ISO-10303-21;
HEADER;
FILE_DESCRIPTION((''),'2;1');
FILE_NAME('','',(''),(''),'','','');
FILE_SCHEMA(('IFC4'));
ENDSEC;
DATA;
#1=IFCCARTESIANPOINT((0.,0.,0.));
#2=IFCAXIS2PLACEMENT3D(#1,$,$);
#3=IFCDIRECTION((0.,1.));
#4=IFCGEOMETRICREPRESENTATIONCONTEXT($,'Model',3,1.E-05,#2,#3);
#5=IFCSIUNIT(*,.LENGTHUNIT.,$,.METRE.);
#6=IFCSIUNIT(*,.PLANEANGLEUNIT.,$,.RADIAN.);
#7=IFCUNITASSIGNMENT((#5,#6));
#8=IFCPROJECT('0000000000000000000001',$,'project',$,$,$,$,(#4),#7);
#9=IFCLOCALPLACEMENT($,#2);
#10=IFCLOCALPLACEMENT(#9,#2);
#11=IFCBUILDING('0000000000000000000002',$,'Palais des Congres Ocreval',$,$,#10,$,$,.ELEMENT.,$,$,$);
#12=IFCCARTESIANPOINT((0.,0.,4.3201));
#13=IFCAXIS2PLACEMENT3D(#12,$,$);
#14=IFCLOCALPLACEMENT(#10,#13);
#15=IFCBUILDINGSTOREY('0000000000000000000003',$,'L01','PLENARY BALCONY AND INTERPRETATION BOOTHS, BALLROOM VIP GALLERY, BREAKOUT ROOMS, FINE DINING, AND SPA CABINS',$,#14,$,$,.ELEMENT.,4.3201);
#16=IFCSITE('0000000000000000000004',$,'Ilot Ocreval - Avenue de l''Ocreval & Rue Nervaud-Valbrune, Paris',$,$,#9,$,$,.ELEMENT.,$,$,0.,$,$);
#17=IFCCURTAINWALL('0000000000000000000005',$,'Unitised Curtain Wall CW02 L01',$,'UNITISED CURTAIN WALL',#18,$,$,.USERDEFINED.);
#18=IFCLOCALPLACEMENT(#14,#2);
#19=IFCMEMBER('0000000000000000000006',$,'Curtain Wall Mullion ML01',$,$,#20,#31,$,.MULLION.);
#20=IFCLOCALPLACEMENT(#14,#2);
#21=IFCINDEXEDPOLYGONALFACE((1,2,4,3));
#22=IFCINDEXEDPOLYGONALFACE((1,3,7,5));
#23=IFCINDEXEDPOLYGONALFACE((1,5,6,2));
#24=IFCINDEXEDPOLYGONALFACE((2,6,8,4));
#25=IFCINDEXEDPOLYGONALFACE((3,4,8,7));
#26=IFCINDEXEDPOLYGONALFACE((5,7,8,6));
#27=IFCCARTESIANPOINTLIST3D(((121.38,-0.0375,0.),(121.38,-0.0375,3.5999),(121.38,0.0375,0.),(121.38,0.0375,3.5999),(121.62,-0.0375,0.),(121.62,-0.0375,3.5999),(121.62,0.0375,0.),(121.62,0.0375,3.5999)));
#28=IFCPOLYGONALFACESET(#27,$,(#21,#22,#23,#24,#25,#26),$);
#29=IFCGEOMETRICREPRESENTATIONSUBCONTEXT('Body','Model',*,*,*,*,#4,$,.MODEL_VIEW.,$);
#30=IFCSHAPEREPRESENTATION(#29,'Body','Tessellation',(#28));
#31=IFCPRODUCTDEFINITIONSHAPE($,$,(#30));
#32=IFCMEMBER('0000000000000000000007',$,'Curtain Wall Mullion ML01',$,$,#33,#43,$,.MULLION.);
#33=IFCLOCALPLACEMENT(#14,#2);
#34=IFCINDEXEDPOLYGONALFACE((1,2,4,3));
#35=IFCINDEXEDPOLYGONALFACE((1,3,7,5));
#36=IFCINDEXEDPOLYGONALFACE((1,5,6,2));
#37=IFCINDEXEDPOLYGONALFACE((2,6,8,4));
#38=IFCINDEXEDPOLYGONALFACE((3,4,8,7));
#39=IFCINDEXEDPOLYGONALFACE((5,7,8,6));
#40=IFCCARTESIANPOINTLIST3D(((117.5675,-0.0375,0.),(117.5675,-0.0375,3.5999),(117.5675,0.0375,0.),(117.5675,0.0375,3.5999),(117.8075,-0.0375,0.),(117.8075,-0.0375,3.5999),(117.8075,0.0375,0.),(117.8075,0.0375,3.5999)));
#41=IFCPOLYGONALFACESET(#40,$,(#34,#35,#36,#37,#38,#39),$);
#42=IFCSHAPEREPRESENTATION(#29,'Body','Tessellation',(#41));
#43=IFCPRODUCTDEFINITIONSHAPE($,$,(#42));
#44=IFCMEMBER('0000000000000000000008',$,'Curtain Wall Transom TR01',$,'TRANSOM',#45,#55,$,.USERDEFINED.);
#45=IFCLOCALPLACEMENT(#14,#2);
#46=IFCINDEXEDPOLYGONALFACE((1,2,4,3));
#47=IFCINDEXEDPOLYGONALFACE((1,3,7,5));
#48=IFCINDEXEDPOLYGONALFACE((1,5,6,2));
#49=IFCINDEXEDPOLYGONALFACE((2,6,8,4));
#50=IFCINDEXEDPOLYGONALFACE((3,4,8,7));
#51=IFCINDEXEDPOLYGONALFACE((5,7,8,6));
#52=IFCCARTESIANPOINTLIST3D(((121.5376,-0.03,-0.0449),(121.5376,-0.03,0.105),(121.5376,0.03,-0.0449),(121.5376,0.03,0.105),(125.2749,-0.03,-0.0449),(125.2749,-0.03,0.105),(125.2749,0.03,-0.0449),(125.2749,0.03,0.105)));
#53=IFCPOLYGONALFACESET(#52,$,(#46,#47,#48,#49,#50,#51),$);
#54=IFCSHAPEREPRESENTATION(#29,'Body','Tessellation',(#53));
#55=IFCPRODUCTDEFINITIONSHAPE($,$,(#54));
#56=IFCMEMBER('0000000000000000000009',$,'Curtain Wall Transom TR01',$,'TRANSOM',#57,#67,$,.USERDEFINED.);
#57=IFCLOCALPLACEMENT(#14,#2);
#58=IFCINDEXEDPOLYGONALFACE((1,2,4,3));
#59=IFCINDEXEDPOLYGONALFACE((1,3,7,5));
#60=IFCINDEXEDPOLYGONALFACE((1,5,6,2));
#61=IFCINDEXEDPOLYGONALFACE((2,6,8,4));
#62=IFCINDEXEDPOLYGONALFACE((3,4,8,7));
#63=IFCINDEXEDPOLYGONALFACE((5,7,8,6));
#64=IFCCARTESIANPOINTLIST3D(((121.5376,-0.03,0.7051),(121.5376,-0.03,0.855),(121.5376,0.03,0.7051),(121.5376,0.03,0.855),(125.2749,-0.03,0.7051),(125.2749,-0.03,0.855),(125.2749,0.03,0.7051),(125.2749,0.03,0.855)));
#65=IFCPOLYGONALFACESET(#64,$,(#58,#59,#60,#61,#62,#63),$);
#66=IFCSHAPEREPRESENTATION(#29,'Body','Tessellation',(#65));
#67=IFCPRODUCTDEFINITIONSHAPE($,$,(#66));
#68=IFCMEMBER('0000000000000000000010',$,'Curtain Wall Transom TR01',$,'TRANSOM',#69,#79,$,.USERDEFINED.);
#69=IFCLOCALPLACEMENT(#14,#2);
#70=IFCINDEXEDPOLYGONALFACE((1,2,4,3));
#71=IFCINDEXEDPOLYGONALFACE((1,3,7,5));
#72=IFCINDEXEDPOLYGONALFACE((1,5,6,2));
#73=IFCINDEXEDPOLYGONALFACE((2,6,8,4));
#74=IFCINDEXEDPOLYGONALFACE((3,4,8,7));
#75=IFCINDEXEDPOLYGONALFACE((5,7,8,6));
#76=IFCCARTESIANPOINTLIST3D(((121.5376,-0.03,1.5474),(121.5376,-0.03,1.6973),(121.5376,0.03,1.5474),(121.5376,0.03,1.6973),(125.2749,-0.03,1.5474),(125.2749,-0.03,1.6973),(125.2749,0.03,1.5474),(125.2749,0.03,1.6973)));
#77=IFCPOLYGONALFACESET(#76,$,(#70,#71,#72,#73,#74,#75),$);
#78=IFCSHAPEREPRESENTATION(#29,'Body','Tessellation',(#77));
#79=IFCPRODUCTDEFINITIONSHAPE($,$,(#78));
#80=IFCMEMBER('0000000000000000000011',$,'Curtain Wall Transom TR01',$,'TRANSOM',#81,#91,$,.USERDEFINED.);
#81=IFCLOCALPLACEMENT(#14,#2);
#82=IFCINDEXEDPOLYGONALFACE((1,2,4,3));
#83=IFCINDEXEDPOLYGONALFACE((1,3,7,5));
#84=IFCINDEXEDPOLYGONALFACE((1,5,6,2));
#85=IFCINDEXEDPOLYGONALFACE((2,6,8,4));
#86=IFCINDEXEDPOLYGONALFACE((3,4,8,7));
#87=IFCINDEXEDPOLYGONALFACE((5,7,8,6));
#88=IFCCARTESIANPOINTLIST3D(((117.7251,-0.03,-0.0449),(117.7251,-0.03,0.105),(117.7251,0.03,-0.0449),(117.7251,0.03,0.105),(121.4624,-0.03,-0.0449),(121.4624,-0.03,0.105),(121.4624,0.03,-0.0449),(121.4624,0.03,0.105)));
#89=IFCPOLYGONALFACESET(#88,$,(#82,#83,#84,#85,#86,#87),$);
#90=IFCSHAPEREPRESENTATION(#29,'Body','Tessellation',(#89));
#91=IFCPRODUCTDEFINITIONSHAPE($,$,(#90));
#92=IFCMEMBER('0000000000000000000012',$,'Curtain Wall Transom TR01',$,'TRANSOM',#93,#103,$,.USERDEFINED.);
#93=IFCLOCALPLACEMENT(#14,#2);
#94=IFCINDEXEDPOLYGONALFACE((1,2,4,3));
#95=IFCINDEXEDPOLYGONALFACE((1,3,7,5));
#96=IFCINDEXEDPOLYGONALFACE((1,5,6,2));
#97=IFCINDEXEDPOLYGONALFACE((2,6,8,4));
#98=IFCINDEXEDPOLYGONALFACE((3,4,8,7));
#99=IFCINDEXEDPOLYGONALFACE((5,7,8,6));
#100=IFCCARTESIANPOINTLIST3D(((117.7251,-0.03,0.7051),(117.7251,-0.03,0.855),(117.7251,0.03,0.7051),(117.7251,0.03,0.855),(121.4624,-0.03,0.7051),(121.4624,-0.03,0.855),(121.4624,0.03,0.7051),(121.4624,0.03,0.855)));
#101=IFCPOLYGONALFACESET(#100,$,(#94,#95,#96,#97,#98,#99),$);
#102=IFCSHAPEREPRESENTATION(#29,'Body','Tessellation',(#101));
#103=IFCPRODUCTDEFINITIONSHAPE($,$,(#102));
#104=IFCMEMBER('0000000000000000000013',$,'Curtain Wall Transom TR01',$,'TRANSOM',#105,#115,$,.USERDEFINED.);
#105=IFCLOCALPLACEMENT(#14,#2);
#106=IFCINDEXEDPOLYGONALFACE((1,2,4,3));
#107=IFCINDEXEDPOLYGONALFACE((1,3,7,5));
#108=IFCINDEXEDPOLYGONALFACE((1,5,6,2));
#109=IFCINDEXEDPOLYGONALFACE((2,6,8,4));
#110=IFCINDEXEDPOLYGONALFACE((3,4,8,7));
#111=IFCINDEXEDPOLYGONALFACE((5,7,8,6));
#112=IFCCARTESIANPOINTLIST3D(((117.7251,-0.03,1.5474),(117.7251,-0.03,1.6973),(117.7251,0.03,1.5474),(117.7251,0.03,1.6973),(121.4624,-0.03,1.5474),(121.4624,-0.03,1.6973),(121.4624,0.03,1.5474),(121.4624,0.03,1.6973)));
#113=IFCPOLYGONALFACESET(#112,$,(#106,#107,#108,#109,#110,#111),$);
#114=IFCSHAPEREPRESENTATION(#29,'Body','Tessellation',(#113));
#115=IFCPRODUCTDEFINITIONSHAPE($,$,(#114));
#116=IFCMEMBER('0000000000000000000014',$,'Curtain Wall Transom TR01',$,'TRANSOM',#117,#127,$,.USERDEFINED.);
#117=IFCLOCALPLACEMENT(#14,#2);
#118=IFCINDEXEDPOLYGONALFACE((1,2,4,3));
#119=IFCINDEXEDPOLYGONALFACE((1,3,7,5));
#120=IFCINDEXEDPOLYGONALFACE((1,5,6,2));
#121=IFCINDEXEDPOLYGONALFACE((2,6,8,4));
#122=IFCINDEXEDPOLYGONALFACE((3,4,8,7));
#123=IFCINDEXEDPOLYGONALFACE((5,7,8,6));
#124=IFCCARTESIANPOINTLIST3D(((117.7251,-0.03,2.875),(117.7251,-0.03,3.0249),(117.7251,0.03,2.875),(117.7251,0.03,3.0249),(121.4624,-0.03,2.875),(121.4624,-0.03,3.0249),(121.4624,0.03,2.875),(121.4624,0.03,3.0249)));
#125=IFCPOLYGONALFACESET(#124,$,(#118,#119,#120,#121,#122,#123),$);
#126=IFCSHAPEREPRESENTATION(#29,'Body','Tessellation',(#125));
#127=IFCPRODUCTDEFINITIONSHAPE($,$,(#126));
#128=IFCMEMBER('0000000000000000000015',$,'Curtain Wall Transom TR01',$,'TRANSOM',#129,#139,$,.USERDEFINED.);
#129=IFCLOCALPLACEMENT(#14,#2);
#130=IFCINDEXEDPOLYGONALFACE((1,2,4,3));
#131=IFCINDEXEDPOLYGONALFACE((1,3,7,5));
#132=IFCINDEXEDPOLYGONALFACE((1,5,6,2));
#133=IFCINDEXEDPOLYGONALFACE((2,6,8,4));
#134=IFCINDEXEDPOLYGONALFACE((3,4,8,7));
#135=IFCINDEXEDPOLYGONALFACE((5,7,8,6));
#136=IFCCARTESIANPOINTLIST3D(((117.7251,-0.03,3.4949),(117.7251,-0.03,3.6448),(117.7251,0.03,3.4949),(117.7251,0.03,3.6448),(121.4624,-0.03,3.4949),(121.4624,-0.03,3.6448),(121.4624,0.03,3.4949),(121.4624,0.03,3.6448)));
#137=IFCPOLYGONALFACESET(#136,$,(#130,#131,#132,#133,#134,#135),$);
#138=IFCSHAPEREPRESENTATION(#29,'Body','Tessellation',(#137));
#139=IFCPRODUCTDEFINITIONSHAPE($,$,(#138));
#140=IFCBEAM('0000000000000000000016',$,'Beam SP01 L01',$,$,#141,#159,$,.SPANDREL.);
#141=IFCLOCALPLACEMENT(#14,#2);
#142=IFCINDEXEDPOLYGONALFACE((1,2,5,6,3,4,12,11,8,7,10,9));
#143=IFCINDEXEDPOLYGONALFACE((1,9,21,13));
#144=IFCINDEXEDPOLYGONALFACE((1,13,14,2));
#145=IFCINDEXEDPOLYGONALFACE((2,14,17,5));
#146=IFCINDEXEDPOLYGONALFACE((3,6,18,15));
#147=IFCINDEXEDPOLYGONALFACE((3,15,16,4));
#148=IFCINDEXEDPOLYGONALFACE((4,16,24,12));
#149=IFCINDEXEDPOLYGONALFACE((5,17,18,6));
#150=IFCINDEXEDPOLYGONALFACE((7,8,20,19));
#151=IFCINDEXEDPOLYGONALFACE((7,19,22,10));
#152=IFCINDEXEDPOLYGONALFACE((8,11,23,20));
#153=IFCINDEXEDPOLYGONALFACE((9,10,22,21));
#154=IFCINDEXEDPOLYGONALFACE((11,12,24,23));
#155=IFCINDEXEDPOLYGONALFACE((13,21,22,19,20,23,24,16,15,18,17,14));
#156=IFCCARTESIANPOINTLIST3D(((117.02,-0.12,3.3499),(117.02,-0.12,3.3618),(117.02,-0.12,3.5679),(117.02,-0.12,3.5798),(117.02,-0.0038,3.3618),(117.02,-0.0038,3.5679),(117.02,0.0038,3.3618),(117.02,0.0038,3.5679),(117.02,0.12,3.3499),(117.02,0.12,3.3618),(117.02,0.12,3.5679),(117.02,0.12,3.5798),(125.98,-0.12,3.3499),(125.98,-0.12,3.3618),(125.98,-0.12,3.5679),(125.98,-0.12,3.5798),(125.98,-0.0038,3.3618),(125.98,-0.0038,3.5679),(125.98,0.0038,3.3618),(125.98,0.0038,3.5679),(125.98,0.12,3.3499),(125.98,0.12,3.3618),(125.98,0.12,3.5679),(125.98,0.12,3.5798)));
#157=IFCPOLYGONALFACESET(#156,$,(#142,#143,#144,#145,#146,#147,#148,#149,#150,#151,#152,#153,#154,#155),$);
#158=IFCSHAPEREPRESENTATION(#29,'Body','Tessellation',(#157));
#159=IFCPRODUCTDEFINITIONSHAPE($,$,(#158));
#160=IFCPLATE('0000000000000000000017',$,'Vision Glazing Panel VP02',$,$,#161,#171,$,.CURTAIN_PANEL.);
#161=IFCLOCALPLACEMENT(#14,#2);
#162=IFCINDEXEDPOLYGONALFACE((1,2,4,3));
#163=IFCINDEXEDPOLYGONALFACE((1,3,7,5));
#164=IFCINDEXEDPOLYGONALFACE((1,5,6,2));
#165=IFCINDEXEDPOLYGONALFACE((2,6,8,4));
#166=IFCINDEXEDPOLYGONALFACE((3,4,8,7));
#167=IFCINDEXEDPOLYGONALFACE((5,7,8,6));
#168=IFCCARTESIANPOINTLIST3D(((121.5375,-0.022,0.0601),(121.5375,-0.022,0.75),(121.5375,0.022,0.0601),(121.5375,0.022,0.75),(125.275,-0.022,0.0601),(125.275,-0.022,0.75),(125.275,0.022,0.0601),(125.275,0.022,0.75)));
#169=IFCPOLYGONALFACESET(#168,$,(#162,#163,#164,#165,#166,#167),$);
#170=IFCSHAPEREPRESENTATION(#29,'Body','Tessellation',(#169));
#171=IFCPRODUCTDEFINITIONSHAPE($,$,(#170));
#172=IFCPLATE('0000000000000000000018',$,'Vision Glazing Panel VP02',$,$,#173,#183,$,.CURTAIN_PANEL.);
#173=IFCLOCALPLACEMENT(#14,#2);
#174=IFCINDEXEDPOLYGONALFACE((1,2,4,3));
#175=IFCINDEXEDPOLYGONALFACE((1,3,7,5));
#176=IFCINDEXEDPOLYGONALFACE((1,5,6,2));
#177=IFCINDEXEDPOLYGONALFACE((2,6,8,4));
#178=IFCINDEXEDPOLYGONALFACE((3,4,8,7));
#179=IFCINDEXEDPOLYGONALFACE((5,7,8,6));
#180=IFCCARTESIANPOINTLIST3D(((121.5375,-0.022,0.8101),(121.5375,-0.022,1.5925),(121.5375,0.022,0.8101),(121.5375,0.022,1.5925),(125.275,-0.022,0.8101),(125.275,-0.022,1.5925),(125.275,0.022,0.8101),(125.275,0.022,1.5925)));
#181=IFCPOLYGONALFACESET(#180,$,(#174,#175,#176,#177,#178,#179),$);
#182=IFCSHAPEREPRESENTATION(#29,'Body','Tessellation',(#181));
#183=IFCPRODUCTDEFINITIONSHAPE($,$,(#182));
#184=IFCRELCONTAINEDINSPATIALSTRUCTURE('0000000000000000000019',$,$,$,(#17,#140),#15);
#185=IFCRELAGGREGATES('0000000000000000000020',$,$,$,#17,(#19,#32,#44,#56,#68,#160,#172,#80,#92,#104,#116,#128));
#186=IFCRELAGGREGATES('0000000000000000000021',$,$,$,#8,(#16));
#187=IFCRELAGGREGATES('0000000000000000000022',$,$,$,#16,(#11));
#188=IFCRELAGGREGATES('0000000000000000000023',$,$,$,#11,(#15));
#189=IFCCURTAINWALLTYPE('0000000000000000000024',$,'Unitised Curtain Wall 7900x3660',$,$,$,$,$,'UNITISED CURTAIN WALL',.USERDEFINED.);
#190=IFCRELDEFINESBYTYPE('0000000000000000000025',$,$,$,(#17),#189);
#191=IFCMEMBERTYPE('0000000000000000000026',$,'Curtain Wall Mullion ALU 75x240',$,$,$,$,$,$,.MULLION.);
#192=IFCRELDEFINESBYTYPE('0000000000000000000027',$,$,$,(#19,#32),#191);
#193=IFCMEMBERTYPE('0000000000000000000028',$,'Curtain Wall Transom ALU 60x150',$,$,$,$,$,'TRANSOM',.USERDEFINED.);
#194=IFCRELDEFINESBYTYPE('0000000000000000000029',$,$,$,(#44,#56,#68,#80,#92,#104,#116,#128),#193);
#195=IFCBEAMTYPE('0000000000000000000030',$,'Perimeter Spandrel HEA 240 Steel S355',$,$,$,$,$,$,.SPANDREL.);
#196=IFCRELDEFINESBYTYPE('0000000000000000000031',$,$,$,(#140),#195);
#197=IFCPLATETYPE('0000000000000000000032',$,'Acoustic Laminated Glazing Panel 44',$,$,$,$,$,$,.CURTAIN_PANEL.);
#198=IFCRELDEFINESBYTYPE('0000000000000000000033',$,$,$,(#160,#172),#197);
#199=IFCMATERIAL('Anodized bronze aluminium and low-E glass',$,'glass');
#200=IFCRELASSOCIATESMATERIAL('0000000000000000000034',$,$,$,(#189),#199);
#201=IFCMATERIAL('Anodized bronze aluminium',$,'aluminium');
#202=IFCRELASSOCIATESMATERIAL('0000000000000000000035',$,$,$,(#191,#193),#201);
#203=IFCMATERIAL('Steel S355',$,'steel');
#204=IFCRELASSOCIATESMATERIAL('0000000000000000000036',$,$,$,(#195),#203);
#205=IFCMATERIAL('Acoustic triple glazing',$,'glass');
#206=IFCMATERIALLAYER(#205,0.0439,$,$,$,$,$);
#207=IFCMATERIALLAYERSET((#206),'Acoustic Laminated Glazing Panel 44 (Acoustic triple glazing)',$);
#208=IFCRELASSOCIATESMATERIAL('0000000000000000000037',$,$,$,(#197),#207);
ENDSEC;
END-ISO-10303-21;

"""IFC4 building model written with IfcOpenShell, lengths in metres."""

from ifc_helpers import new_model, si_unit, direction, frame, origin, origin_2d, place, context, subcontext, project, spatial, rectangle, i_section, extrude, material, layer, layer_set, material_profile, profile_set, type_object, element, aggregate, save


model = new_model("IFC4")

# Units and contexts
model_context = context("Model", 3, precision=1e-05, world=origin(), true_north=direction((0.0, 1.0)))
body_context = subcontext(model_context, "Body", "Model", "MODEL_VIEW")
ifc_project = project(units=[si_unit("LENGTHUNIT", "METRE"), si_unit("PLANEANGLEUNIT", "RADIAN")], contexts=[model_context])

# Site, building, storey
site_placement = place(None, origin())
site = spatial("IfcSite", under=ifc_project, at=site_placement, Name="Ilot Ocreval - Avenue de l'Ocreval & Rue Nervaud-Valbrune, Paris", CompositionType="ELEMENT", RefElevation=0.0)
building_placement = place(site_placement, origin())
building = spatial("IfcBuilding", under=site, at=building_placement, Name="Palais des Congres Ocreval", CompositionType="ELEMENT")
storey_placement = place(building_placement, frame((0.0, 0.0, 4.3201)))
storey = spatial("IfcBuildingStorey", under=building, at=storey_placement, Name="L01", Description="PLENARY BALCONY AND INTERPRETATION BOOTHS, BALLROOM VIP GALLERY, BREAKOUT ROOMS, FINE DINING, AND SPA CABINS", CompositionType="ELEMENT", Elevation=4.3201)

# Curtain wall, members
ifc_material_1 = material(Name="Anodized bronze aluminium and low-E glass", Category="glass")
curtain_wall_type = type_object("IfcCurtainWallType", Name="Unitised Curtain Wall 7900x3660", ElementType="UNITISED CURTAIN WALL", PredefinedType="USERDEFINED", material=ifc_material_1)
curtain_wall_placement = place(storey_placement, origin())
curtain_wall = element("IfcCurtainWall", 1, at=curtain_wall_placement, inside=storey, type_object=curtain_wall_type, Name="Unitised Curtain Wall CW02 L01", ObjectType="UNITISED CURTAIN WALL", PredefinedType="USERDEFINED")
ifc_material_2 = material(Name="Anodized bronze aluminium", Category="aluminium")
ifc_material_profile_1 = material_profile(ifc_material_2, rectangle(XDim=0.075, YDim=0.24, at=origin_2d()), Name="ALU 75x240")
ifc_profile_set_1 = profile_set([ifc_material_profile_1], Name="Anodized bronze aluminium")
member_type_1 = type_object("IfcMemberType", Name="Curtain Wall Mullion ALU 75x240", PredefinedType="MULLION", material=ifc_profile_set_1)
member_1_placement = place(storey_placement, frame((121.5, 0.0, 0.0), z_axis=(0.0, 0.0, 1.0), x_axis=(0.0, -1.0, 0.0)))
member_1 = element("IfcMember", 2, at=member_1_placement, type_object=member_type_1, Name="Curtain Wall Mullion ML01", PredefinedType="MULLION", context=body_context, shape_type="SweptSolid", body=[
    extrude(rectangle(XDim=0.075, YDim=0.24, at=origin_2d()), origin(), (0.0, 0.0, 1.0), 3.5999),
])
member_2_placement = place(storey_placement, frame((117.6875, 0.0, 0.0), z_axis=(0.0, 0.0, 1.0), x_axis=(0.0, -1.0, 0.0)))
member_2 = element("IfcMember", 3, at=member_2_placement, type_object=member_type_1, Name="Curtain Wall Mullion ML01", PredefinedType="MULLION", context=body_context, shape_type="SweptSolid", body=[
    extrude(rectangle(XDim=0.075, YDim=0.24, at=origin_2d()), origin(), (0.0, 0.0, 1.0), 3.5999),
])
ifc_material_profile_2 = material_profile(ifc_material_2, rectangle(XDim=0.0601, YDim=0.1499, at=origin_2d()), Name="ALU 60x150")
ifc_profile_set_2 = profile_set([ifc_material_profile_2], Name="Anodized bronze aluminium")
member_type_2 = type_object("IfcMemberType", Name="Curtain Wall Transom ALU 60x150", ElementType="TRANSOM", PredefinedType="USERDEFINED", material=ifc_profile_set_2)
member_3_placement = place(storey_placement, frame((125.2749, 0.0, 0.03), z_axis=(-1.0, 0.0, 0.0), x_axis=(0.0, -1.0, 0.0)))
member_3 = element("IfcMember", 4, at=member_3_placement, type_object=member_type_2, Name="Curtain Wall Transom TR01", ObjectType="TRANSOM", PredefinedType="USERDEFINED", context=body_context, shape_type="SweptSolid", body=[
    extrude(rectangle(XDim=0.0601, YDim=0.1499, at=origin_2d()), origin(), (0.0, 0.0, 1.0), 3.7373),
])
member_4_placement = place(storey_placement, frame((125.2749, 0.0, 0.78), z_axis=(-1.0, 0.0, 0.0), x_axis=(0.0, -1.0, 0.0)))
member_4 = element("IfcMember", 5, at=member_4_placement, type_object=member_type_2, Name="Curtain Wall Transom TR01", ObjectType="TRANSOM", PredefinedType="USERDEFINED", context=body_context, shape_type="SweptSolid", body=[
    extrude(rectangle(XDim=0.0601, YDim=0.1499, at=origin_2d()), origin(), (0.0, 0.0, 1.0), 3.7373),
])
member_5_placement = place(storey_placement, frame((125.2749, 0.0, 1.6223), z_axis=(-1.0, 0.0, 0.0), x_axis=(0.0, -1.0, 0.0)))
member_5 = element("IfcMember", 6, at=member_5_placement, type_object=member_type_2, Name="Curtain Wall Transom TR01", ObjectType="TRANSOM", PredefinedType="USERDEFINED", context=body_context, shape_type="SweptSolid", body=[
    extrude(rectangle(XDim=0.0601, YDim=0.1499, at=origin_2d()), origin(), (0.0, 0.0, 1.0), 3.7373),
])
member_6_placement = place(storey_placement, frame((121.4624, 0.0, 0.03), z_axis=(-1.0, 0.0, 0.0), x_axis=(0.0, -1.0, 0.0)))
member_6 = element("IfcMember", 7, at=member_6_placement, type_object=member_type_2, Name="Curtain Wall Transom TR01", ObjectType="TRANSOM", PredefinedType="USERDEFINED", context=body_context, shape_type="SweptSolid", body=[
    extrude(rectangle(XDim=0.0601, YDim=0.1499, at=origin_2d()), origin(), (0.0, 0.0, 1.0), 3.7373),
])
member_7_placement = place(storey_placement, frame((121.4624, 0.0, 0.78), z_axis=(-1.0, 0.0, 0.0), x_axis=(0.0, -1.0, 0.0)))
member_7 = element("IfcMember", 8, at=member_7_placement, type_object=member_type_2, Name="Curtain Wall Transom TR01", ObjectType="TRANSOM", PredefinedType="USERDEFINED", context=body_context, shape_type="SweptSolid", body=[
    extrude(rectangle(XDim=0.0601, YDim=0.1499, at=origin_2d()), origin(), (0.0, 0.0, 1.0), 3.7373),
])
member_8_placement = place(storey_placement, frame((121.4624, 0.0, 1.6223), z_axis=(-1.0, 0.0, 0.0), x_axis=(0.0, -1.0, 0.0)))
member_8 = element("IfcMember", 9, at=member_8_placement, type_object=member_type_2, Name="Curtain Wall Transom TR01", ObjectType="TRANSOM", PredefinedType="USERDEFINED", context=body_context, shape_type="SweptSolid", body=[
    extrude(rectangle(XDim=0.0601, YDim=0.1499, at=origin_2d()), origin(), (0.0, 0.0, 1.0), 3.7373),
])
member_9_placement = place(storey_placement, frame((121.4624, 0.0, 2.95), z_axis=(-1.0, 0.0, 0.0), x_axis=(0.0, -1.0, 0.0)))
member_9 = element("IfcMember", 10, at=member_9_placement, type_object=member_type_2, Name="Curtain Wall Transom TR01", ObjectType="TRANSOM", PredefinedType="USERDEFINED", context=body_context, shape_type="SweptSolid", body=[
    extrude(rectangle(XDim=0.0601, YDim=0.1499, at=origin_2d()), origin(), (0.0, 0.0, 1.0), 3.7373),
])
member_10_placement = place(storey_placement, frame((121.4624, 0.0, 3.5698), z_axis=(-1.0, 0.0, 0.0), x_axis=(0.0, -1.0, 0.0)))
member_10 = element("IfcMember", 11, at=member_10_placement, type_object=member_type_2, Name="Curtain Wall Transom TR01", ObjectType="TRANSOM", PredefinedType="USERDEFINED", context=body_context, shape_type="SweptSolid", body=[
    extrude(rectangle(XDim=0.0601, YDim=0.1499, at=origin_2d()), origin(), (0.0, 0.0, 1.0), 3.7373),
])

# Beam
ifc_material_3 = material(Name="Steel S355", Category="steel")
ifc_material_profile_3 = material_profile(ifc_material_3, i_section(OverallWidth=0.24, OverallDepth=0.23, WebThickness=0.0076, FlangeThickness=0.012, at=origin_2d()), Name="HEA 240")
ifc_profile_set_3 = profile_set([ifc_material_profile_3], Name="Steel S355")
beam_type = type_object("IfcBeamType", Name="Perimeter Spandrel HEA 240 Steel S355", PredefinedType="SPANDREL", material=ifc_profile_set_3)
beam_placement = place(storey_placement, frame((117.02, 0.0, 3.4648), z_axis=(1.0, 0.0, 0.0), x_axis=(0.0, 1.0, 0.0)))
element("IfcBeam", 12, at=beam_placement, inside=storey, type_object=beam_type, Name="Beam SP01 L01", PredefinedType="SPANDREL", context=body_context, shape_type="SweptSolid", body=[
    extrude(i_section(OverallWidth=0.24, OverallDepth=0.23, WebThickness=0.0076, FlangeThickness=0.012, at=origin_2d()), origin(), (0.0, 0.0, 1.0), 8.96),
])

# Plates
ifc_material_4 = material(Name="Acoustic triple glazing", Category="glass")
ifc_layer_1 = layer(ifc_material_4, 0.0439)
ifc_layer_set_1 = layer_set([ifc_layer_1], Name="Acoustic Laminated Glazing Panel 44 (Acoustic triple glazing)")
plate_type_1 = type_object("IfcPlateType", Name="Acoustic Laminated Glazing Panel 44", PredefinedType="CURTAIN_PANEL", material=ifc_layer_set_1)
plate_1_placement = place(storey_placement, frame((123.4062, 0.0, 0.0601), z_axis=(0.0, 0.0, 1.0), x_axis=(-1.0, 0.0, 0.0)))
plate_1 = element("IfcPlate", 13, at=plate_1_placement, type_object=plate_type_1, Name="Vision Glazing Panel VP02", PredefinedType="CURTAIN_PANEL", context=body_context, shape_type="SweptSolid", body=[
    extrude(rectangle(XDim=3.7375, YDim=0.0439, at=origin_2d()), origin(), (0.0, 0.0, 1.0), 0.6899),
])
plate_2_placement = place(storey_placement, frame((123.4062, 0.0, 0.8101), z_axis=(0.0, 0.0, 1.0), x_axis=(-1.0, 0.0, 0.0)))
plate_2 = element("IfcPlate", 14, at=plate_2_placement, type_object=plate_type_1, Name="Vision Glazing Panel VP02", PredefinedType="CURTAIN_PANEL", context=body_context, shape_type="SweptSolid", body=[
    extrude(rectangle(XDim=3.7375, YDim=0.0439, at=origin_2d()), origin(), (0.0, 0.0, 1.0), 0.7825),
])
aggregate(curtain_wall, [member_1, member_2, member_3, member_4, member_5, plate_1, plate_2, member_6, member_7, member_8, member_9, member_10])

save(model, "model.ifc")
